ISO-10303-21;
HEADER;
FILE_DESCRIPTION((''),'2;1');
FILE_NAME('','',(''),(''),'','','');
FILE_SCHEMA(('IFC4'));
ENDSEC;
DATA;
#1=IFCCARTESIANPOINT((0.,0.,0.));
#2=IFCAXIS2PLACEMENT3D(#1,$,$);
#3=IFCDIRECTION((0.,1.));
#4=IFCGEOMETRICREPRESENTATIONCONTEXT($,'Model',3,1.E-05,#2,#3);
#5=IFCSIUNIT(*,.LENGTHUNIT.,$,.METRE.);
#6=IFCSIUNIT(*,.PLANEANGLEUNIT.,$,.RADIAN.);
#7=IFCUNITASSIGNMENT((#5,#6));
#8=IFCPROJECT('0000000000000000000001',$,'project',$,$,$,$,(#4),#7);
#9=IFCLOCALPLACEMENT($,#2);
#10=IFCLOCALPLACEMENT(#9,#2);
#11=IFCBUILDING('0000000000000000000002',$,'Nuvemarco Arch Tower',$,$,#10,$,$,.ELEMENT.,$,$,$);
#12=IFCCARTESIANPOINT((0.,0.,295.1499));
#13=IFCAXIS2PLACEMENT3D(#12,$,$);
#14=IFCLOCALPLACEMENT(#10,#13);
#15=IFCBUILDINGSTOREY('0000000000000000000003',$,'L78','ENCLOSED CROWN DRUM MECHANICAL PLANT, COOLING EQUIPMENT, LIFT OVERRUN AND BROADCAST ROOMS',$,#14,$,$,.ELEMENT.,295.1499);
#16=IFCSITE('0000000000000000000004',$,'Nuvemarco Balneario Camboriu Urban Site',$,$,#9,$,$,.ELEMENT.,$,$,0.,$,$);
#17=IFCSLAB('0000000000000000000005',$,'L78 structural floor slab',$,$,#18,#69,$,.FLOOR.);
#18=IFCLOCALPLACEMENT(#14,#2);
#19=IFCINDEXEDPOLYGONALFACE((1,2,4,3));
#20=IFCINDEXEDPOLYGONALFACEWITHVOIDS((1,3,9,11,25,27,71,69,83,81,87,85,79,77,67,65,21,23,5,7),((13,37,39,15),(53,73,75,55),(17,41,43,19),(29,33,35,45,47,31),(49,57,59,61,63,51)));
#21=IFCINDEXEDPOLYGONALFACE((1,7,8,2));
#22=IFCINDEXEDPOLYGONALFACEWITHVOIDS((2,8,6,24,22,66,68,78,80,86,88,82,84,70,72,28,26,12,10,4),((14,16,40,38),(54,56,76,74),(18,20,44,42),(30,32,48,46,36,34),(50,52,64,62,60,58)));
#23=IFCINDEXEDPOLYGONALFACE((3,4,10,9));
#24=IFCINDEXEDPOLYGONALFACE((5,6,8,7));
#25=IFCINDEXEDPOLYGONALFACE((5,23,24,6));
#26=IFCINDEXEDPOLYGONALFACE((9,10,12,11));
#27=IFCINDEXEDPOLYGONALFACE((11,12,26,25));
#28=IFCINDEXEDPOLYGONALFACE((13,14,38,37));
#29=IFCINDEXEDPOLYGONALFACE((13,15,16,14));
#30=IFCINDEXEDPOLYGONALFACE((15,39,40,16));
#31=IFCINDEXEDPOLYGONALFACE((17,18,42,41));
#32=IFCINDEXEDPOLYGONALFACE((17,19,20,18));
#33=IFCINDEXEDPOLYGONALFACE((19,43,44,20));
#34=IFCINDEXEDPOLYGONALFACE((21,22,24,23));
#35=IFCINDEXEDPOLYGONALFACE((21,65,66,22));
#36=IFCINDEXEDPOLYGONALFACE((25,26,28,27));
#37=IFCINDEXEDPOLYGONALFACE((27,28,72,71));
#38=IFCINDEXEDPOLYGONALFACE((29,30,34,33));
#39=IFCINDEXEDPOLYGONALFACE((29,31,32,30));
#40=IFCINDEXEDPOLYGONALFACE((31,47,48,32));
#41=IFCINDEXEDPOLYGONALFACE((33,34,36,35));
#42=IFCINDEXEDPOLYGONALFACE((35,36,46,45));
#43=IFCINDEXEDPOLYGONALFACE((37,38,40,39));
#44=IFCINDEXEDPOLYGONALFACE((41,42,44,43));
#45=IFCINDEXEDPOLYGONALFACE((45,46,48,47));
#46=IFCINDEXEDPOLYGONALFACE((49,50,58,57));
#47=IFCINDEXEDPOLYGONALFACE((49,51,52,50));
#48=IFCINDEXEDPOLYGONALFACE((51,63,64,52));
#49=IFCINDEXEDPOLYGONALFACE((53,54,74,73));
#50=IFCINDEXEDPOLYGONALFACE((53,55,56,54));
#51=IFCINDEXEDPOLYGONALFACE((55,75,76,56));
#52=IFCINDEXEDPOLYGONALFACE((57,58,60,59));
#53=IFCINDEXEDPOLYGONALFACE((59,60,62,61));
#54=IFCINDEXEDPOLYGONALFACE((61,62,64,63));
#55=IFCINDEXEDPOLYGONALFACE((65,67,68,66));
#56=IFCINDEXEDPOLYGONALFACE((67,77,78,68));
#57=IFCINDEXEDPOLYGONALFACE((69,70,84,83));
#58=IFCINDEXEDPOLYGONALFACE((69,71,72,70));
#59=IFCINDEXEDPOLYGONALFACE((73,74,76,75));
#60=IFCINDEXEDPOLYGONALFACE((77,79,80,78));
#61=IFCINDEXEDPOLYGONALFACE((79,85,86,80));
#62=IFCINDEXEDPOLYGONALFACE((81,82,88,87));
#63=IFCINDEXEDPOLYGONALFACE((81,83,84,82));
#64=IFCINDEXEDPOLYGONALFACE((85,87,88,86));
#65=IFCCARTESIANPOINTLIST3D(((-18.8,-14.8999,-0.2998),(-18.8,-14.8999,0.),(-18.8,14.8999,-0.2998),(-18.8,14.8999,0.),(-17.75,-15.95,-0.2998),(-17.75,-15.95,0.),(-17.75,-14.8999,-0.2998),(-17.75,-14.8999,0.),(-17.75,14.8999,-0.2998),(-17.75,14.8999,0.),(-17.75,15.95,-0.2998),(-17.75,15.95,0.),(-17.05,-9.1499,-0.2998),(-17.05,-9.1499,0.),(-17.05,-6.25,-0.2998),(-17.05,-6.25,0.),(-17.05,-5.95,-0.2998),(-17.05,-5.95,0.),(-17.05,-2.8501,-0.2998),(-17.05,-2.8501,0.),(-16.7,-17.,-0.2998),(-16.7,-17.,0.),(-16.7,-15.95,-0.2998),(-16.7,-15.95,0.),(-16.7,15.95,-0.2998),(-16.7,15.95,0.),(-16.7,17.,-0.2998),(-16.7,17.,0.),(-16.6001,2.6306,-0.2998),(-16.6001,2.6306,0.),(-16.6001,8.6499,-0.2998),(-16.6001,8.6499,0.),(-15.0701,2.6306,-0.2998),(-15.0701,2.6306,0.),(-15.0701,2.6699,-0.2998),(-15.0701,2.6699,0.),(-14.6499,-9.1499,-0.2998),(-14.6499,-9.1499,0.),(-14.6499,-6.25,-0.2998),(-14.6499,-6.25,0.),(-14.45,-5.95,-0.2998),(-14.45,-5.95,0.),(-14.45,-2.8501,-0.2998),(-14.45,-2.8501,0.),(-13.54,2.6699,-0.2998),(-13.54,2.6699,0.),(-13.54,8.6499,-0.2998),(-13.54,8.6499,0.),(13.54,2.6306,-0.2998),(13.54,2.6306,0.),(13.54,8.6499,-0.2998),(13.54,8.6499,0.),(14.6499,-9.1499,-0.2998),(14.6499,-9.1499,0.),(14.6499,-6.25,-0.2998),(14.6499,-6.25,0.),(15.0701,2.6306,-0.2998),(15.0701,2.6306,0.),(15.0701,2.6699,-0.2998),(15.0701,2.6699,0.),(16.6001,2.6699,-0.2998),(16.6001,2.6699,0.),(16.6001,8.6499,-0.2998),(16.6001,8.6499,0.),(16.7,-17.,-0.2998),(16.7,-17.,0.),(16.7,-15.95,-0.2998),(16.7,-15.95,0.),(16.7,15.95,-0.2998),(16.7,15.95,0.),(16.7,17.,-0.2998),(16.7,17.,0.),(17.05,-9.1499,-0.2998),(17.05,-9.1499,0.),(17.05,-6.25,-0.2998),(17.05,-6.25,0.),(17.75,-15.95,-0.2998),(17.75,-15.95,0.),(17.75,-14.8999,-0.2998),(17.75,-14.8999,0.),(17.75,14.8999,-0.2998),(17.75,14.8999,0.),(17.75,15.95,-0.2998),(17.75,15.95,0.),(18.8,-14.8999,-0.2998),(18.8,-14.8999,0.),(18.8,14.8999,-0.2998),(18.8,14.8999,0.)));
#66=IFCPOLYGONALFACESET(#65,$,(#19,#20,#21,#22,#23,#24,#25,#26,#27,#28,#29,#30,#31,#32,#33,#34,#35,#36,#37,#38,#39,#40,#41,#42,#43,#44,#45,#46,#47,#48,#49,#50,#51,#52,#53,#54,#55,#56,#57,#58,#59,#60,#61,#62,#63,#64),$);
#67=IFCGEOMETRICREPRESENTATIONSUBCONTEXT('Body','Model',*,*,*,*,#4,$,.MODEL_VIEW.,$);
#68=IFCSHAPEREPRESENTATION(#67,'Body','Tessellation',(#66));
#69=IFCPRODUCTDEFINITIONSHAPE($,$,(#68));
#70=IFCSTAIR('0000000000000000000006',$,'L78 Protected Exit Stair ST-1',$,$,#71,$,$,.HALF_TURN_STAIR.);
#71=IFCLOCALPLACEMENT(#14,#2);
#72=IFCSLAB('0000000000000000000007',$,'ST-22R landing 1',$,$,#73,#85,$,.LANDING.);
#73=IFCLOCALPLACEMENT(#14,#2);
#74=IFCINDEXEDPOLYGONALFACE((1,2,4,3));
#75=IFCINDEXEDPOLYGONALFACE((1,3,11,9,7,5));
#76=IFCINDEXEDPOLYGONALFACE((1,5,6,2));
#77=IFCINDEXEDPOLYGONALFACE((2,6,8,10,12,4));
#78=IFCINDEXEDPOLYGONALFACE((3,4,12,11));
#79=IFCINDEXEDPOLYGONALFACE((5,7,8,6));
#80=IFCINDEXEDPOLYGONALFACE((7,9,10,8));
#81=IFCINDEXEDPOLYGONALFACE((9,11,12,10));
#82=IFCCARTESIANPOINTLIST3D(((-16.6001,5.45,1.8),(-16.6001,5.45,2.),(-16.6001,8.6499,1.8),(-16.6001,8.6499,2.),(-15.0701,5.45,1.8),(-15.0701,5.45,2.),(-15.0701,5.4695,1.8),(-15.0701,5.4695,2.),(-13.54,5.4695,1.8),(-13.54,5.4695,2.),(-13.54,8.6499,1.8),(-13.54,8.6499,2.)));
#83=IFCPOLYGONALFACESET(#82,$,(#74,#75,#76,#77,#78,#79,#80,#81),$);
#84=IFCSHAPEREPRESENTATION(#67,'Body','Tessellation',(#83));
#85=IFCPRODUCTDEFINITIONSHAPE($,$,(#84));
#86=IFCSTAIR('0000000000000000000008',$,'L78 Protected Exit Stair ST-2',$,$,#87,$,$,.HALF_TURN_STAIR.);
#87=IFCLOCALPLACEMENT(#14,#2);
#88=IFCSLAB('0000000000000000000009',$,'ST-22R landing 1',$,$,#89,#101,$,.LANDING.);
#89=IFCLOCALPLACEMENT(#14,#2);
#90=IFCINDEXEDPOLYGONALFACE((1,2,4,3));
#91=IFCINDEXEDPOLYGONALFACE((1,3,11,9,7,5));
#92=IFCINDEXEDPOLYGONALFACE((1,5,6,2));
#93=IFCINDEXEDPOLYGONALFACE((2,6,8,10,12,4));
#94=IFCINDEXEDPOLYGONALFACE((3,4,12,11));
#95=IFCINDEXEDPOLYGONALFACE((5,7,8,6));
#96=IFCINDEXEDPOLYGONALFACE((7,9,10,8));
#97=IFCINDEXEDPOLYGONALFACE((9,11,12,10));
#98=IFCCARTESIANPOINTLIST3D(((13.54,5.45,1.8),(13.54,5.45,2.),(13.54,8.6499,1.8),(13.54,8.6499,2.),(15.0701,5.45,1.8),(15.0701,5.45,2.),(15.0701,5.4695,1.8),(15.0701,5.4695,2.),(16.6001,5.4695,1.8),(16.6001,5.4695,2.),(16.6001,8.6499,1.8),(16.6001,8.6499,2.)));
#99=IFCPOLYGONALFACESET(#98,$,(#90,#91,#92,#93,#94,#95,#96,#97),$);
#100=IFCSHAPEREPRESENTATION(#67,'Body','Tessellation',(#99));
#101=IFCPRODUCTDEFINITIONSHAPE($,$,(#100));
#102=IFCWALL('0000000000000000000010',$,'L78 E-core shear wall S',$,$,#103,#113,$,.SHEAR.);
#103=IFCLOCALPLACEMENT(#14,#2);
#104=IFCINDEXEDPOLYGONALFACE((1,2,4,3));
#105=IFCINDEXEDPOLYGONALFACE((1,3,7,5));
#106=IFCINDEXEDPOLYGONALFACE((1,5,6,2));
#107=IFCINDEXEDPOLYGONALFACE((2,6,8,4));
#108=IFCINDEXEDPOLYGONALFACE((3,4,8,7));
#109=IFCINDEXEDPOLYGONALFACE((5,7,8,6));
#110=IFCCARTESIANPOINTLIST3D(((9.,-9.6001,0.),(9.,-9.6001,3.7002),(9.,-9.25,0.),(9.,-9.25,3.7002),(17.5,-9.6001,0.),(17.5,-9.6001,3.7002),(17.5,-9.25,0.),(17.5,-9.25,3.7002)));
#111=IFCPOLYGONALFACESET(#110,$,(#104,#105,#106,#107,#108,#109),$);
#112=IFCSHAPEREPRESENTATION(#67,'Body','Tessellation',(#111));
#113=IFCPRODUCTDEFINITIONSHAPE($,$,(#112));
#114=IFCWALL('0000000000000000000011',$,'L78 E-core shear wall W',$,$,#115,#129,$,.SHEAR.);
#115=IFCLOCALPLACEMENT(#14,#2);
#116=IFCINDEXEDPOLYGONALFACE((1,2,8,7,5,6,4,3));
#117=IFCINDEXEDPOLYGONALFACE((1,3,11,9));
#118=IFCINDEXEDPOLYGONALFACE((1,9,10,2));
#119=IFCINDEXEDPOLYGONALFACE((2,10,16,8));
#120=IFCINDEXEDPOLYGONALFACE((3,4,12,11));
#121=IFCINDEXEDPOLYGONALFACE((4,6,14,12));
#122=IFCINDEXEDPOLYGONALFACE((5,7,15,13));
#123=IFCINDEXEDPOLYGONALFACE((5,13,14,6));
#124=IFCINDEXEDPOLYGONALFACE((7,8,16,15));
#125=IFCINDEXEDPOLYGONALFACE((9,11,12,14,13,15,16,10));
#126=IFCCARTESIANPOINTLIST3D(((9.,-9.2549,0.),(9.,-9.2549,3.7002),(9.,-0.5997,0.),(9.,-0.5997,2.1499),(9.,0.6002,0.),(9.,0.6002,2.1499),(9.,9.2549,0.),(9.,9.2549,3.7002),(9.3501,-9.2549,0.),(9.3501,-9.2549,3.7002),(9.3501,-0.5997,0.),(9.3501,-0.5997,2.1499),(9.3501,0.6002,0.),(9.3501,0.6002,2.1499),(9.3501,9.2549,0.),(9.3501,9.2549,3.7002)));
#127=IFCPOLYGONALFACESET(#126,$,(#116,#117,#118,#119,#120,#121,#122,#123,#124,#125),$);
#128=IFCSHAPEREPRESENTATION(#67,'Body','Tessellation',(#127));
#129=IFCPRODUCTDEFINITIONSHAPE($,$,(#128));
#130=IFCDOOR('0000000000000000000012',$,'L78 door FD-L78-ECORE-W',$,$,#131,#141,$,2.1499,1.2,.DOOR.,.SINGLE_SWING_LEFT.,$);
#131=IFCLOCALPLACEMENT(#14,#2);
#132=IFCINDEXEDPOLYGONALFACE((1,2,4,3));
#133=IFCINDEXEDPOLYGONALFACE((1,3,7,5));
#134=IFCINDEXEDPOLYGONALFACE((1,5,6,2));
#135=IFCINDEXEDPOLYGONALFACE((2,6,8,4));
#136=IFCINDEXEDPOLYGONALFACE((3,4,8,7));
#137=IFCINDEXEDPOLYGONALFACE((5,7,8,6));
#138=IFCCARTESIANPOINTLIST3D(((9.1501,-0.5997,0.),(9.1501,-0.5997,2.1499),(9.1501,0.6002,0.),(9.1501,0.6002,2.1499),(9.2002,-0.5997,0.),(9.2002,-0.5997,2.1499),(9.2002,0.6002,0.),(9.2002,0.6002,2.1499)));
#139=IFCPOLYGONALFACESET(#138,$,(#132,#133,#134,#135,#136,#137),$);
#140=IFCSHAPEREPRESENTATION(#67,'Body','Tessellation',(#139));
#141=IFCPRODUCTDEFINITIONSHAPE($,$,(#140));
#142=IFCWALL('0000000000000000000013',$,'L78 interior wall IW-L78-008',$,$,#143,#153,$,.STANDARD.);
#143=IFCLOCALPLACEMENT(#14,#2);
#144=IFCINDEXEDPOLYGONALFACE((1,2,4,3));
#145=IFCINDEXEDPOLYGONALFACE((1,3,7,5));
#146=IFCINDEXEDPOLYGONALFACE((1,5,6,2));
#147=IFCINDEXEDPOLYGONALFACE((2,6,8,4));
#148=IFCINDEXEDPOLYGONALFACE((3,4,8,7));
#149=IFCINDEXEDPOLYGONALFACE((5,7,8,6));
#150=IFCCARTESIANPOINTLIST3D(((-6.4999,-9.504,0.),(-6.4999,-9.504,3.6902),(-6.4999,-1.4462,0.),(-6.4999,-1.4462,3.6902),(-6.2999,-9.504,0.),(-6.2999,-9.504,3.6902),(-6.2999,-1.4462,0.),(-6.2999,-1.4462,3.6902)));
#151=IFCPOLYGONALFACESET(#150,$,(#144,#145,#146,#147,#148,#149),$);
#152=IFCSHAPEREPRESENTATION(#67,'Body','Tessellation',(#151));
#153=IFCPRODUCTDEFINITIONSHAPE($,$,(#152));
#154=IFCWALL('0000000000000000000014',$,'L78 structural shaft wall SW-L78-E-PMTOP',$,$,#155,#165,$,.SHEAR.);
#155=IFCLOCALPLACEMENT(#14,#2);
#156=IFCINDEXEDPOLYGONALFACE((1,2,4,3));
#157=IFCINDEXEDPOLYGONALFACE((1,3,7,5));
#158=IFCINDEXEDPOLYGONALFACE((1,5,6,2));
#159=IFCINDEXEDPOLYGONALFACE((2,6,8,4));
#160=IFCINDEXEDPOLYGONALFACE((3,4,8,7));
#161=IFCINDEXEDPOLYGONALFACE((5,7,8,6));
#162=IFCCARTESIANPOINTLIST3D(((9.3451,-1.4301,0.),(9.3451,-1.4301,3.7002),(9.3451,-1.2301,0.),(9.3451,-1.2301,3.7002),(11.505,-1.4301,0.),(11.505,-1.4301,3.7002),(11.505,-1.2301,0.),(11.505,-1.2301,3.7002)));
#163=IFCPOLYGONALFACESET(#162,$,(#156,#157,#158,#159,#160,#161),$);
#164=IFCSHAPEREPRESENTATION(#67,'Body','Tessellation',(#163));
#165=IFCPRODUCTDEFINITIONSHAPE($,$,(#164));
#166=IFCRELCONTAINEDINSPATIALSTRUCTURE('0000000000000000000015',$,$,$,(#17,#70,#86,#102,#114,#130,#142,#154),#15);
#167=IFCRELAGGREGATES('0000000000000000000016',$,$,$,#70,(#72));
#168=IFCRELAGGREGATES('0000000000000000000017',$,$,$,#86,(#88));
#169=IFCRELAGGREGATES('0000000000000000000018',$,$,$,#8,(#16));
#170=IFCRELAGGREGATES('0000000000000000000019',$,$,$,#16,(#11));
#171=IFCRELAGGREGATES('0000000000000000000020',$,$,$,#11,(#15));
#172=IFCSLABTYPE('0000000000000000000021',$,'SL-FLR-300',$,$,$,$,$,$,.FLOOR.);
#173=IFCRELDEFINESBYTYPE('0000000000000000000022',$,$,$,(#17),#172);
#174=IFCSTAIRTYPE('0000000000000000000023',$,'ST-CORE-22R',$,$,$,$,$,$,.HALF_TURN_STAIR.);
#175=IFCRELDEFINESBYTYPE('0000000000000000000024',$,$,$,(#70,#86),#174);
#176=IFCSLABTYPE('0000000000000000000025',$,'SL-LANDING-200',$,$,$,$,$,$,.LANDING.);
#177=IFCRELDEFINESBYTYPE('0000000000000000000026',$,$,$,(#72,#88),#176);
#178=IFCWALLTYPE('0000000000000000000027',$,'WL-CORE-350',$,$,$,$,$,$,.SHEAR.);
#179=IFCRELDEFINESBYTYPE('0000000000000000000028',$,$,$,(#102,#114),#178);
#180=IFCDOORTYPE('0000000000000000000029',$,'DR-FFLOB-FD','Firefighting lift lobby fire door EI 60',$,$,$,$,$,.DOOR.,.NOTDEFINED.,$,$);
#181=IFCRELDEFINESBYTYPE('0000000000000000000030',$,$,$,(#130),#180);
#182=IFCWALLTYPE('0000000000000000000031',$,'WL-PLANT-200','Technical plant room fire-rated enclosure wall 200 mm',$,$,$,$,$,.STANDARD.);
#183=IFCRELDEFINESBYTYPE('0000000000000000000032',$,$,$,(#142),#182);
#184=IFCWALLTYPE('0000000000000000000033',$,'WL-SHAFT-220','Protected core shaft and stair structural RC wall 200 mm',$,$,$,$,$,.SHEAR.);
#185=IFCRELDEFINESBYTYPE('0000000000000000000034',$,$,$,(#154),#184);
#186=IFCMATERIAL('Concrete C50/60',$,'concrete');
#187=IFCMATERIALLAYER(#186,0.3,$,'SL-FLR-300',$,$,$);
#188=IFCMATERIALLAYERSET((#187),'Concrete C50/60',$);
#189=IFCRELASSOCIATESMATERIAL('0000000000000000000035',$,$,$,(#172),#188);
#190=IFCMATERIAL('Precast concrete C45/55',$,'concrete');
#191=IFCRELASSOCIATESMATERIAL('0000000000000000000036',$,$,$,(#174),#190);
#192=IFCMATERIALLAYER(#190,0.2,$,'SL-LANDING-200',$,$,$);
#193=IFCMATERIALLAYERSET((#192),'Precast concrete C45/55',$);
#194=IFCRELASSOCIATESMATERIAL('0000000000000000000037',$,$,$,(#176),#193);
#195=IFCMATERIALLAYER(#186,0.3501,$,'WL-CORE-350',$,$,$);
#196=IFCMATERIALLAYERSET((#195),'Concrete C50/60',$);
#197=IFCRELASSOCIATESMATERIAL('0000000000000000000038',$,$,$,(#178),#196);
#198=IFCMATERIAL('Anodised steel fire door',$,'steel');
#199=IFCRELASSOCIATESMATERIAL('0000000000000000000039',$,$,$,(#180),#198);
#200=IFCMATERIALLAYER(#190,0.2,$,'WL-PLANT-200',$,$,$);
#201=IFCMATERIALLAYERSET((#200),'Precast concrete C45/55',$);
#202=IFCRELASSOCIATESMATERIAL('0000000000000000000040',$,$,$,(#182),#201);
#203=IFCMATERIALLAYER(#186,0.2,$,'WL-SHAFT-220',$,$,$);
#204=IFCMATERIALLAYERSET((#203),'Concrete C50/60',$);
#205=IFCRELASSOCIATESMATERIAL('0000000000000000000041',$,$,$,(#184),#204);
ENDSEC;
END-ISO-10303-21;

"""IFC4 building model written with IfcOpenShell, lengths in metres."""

from ifc_helpers import new_model, si_unit, direction, frame, frame_2d, origin, place, context, subcontext, project, spatial, polyline, rectangle, outline, extrude, source, transform, mapped, material, layer, layer_set, type_object, type_shapes, element, fill, aggregate, save


model = new_model("IFC4")

# Units and contexts
model_context = context("Model", 3, precision=1e-05, world=origin(), true_north=direction((0.0, 1.0)))
body_context = subcontext(model_context, "Body", "Model", "MODEL_VIEW")
ifc_project = project(units=[si_unit("LENGTHUNIT", "METRE"), si_unit("PLANEANGLEUNIT", "RADIAN")], contexts=[model_context])

# Site, building, storey
site_placement = place(None, origin())
site = spatial("IfcSite", under=ifc_project, at=site_placement, Name="Nuvemarco Balneario Camboriu Urban Site", CompositionType="ELEMENT", RefElevation=0.0)
building_placement = place(site_placement, origin())
building = spatial("IfcBuilding", under=site, at=building_placement, Name="Nuvemarco Arch Tower", CompositionType="ELEMENT")
storey_placement = place(building_placement, frame((0.0, 0.0, 295.1499)))
storey = spatial("IfcBuildingStorey", under=building, at=storey_placement, Name="L78", Description="ENCLOSED CROWN DRUM MECHANICAL PLANT, COOLING EQUIPMENT, LIFT OVERRUN AND BROADCAST ROOMS", CompositionType="ELEMENT", Elevation=295.1499)

# Shared definitions
ifc_material_1 = material(Name="Concrete C50/60", Category="concrete")

# Slab
ifc_layer_1 = layer(ifc_material_1, 0.3, Name="SL-FLR-300")
ifc_layer_set_1 = layer_set([ifc_layer_1], Name="Concrete C50/60")
slab_type_1 = type_object("IfcSlabType", Name="SL-FLR-300", PredefinedType="FLOOR", material=ifc_layer_set_1)
slab_1_placement = place(storey_placement, frame((0.0, 0.0, -0.2998)))
element("IfcSlab", 1, at=slab_1_placement, inside=storey, type_object=slab_type_1, Name="L78 structural floor slab", PredefinedType="FLOOR", context=body_context, shape_type="SweptSolid", body=[
    extrude(outline(polyline([(-16.7, -17.0), (16.7, -17.0), (16.7, -15.95), (17.75, -15.95), (17.75, -14.8999), (18.8, -14.8999), (18.8, 14.8999), (17.75, 14.8999), (17.75, 15.95), (16.7, 15.95), (16.7, 17.0), (-16.7, 17.0), (-16.7, 15.95), (-17.75, 15.95), (-17.75, 14.8999), (-18.8, 14.8999), (-18.8, -14.8999), (-17.75, -14.8999), (-17.75, -15.95), (-16.7, -15.95), (-16.7, -17.0)]), holes=[polyline([(-13.54, 2.6699), (-13.54, 8.6499), (-16.6001, 8.6499), (-16.6001, 2.6306), (-15.0701, 2.6306), (-15.0701, 2.6699), (-13.54, 2.6699)]), polyline([(16.6001, 2.6699), (16.6001, 8.6499), (13.54, 8.6499), (13.54, 2.6306), (15.0701, 2.6306), (15.0701, 2.6699), (16.6001, 2.6699)]), polyline([(-17.05, -9.1499), (-14.6499, -9.1499), (-14.6499, -6.25), (-17.05, -6.25), (-17.05, -9.1499)]), polyline([(-17.05, -5.95), (-14.45, -5.95), (-14.45, -2.8501), (-17.05, -2.8501), (-17.05, -5.95)]), polyline([(14.6499, -9.1499), (17.05, -9.1499), (17.05, -6.25), (14.6499, -6.25), (14.6499, -9.1499)])]), origin(), (0.0, 0.0, 1.0), 0.2998),
])

# Stairs, slabs
ifc_material_2 = material(Name="Precast concrete C45/55", Category="concrete")
stair_type = type_object("IfcStairType", Name="ST-CORE-22R", PredefinedType="HALF_TURN_STAIR", material=ifc_material_2)
stair_1_placement = place(storey_placement, origin())
stair_1 = element("IfcStair", 2, at=stair_1_placement, inside=storey, type_object=stair_type, Name="L78 Protected Exit Stair ST-1", PredefinedType="HALF_TURN_STAIR")
ifc_layer_2 = layer(ifc_material_2, 0.2, Name="SL-LANDING-200")
ifc_layer_set_2 = layer_set([ifc_layer_2], Name="Precast concrete C45/55")
slab_type_2 = type_object("IfcSlabType", Name="SL-LANDING-200", PredefinedType="LANDING", material=ifc_layer_set_2)
slab_2_placement = place(storey_placement, frame((0.0, 0.0, 1.8)))
slab_2 = element("IfcSlab", 3, at=slab_2_placement, type_object=slab_type_2, Name="ST-22R landing 1", PredefinedType="LANDING", context=body_context, shape_type="SweptSolid", body=[
    extrude(outline(polyline([(-13.54, 5.4695), (-13.54, 8.6499), (-16.6001, 8.6499), (-16.6001, 5.45), (-15.0701, 5.45), (-15.0701, 5.4695), (-13.54, 5.4695)])), origin(), (0.0, 0.0, 1.0), 0.2),
])
aggregate(stair_1, [slab_2])
stair_2_placement = place(storey_placement, origin())
stair_2 = element("IfcStair", 4, at=stair_2_placement, inside=storey, type_object=stair_type, Name="L78 Protected Exit Stair ST-2", PredefinedType="HALF_TURN_STAIR")
slab_3_placement = place(storey_placement, frame((0.0, 0.0, 1.8)))
slab_3 = element("IfcSlab", 5, at=slab_3_placement, type_object=slab_type_2, Name="ST-22R landing 1", PredefinedType="LANDING", context=body_context, shape_type="SweptSolid", body=[
    extrude(outline(polyline([(16.6001, 5.4695), (16.6001, 8.6499), (13.54, 8.6499), (13.54, 5.45), (15.0701, 5.45), (15.0701, 5.4695), (16.6001, 5.4695)])), origin(), (0.0, 0.0, 1.0), 0.2),
])
aggregate(stair_2, [slab_3])

# Wall
ifc_layer_3 = layer(ifc_material_1, 0.3501, Name="WL-CORE-350")
ifc_layer_set_3 = layer_set([ifc_layer_3], Name="Concrete C50/60")
wall_type_1 = type_object("IfcWallType", Name="WL-CORE-350", PredefinedType="SHEAR", material=ifc_layer_set_3)
wall_1_placement = place(storey_placement, frame((9.0, -9.425, 0.0), z_axis=(0.0, 0.0, 1.0), x_axis=(1.0, 0.0, 0.0)))
element("IfcWall", 6, at=wall_1_placement, inside=storey, type_object=wall_type_1, Name="L78 E-core shear wall S", PredefinedType="SHEAR", context=body_context, shape_type="SweptSolid", body=[
    extrude(rectangle(XDim=8.5, YDim=0.3501, at=frame_2d((4.25, 0.0))), origin(), (0.0, 0.0, 1.0), 3.7002),
])

# Wall, opening, door
wall_2_placement = place(storey_placement, frame((9.175, -9.2549, 0.0), z_axis=(0.0, 0.0, 1.0), x_axis=(0.0, 1.0, 0.0)))
wall_2 = element("IfcWall", 7, at=wall_2_placement, inside=storey, type_object=wall_type_1, Name="L78 E-core shear wall W", PredefinedType="SHEAR", context=body_context, shape_type="SweptSolid", body=[
    extrude(rectangle(XDim=18.5098, YDim=0.3501, at=frame_2d((9.2549, 0.0))), origin(), (0.0, 0.0, 1.0), 3.7002),
])
opening_placement = place(wall_2_placement, frame((8.655, 0.0, 0.0)))
opening = element("IfcOpeningElement", 8, at=opening_placement, cuts=wall_2, PredefinedType="OPENING", context=body_context, shape_type="SweptSolid", body=[
    extrude(rectangle(XDim=1.2, YDim=2.1499, at=frame_2d((0.6001, 1.075))), frame((0.0, 0.1851, 0.0), z_axis=(0.0, -1.0, 0.0), x_axis=(1.0, 0.0, 0.0)), (0.0, 0.0, 1.0), 0.3701),
])
ifc_material_3 = material(Name="Anodised steel fire door", Category="steel")
door_type = type_object("IfcDoorType", Name="DR-FFLOB-FD", Description="Firefighting lift lobby fire door EI 60", OperationType="NOTDEFINED", PredefinedType="DOOR", material=ifc_material_3)
shared_shape = source(origin(), body_context, "Body", "SweptSolid", [
    extrude(rectangle(XDim=1.2, YDim=2.1499, at=frame_2d((0.6001, 1.075))), frame((0.0, 0.0249, 0.0), z_axis=(0.0, -1.0, 0.0), x_axis=(1.0, 0.0, 0.0)), (0.0, 0.0, 1.0), 0.05),
])
type_shapes(door_type, [shared_shape])
door_placement = place(opening_placement, origin())
door = element("IfcDoor", 9, at=door_placement, inside=storey, type_object=door_type, Name="L78 door FD-L78-ECORE-W", OperationType="SINGLE_SWING_LEFT", OverallHeight=2.1499, OverallWidth=1.2, PredefinedType="DOOR", context=body_context, shape_type="MappedRepresentation", body=[
    mapped(shared_shape, transform((0.0, 0.0, 0.0), scale=1.0)),
])
fill(opening, door)

# Walls
ifc_layer_4 = layer(ifc_material_2, 0.2, Name="WL-PLANT-200")
ifc_layer_set_4 = layer_set([ifc_layer_4], Name="Precast concrete C45/55")
wall_type_2 = type_object("IfcWallType", Name="WL-PLANT-200", Description="Technical plant room fire-rated enclosure wall 200 mm", PredefinedType="STANDARD", material=ifc_layer_set_4)
wall_3_placement = place(storey_placement, frame((-6.3999, -9.5039, 0.0), z_axis=(0.0, 0.0, 1.0), x_axis=(0.0, 1.0, 0.0)))
element("IfcWall", 10, at=wall_3_placement, inside=storey, type_object=wall_type_2, Name="L78 interior wall IW-L78-008", PredefinedType="STANDARD", context=body_context, shape_type="SweptSolid", body=[
    extrude(rectangle(XDim=8.0579, YDim=0.2, at=frame_2d((4.0288, 0.0))), origin(), (0.0, 0.0, 1.0), 3.6902),
])
ifc_layer_5 = layer(ifc_material_1, 0.2, Name="WL-SHAFT-220")
ifc_layer_set_5 = layer_set([ifc_layer_5], Name="Concrete C50/60")
wall_type_3 = type_object("IfcWallType", Name="WL-SHAFT-220", Description="Protected core shaft and stair structural RC wall 200 mm", PredefinedType="SHEAR", material=ifc_layer_set_5)
wall_4_placement = place(storey_placement, frame((9.345, -1.3301, 0.0), z_axis=(0.0, 0.0, 1.0), x_axis=(1.0, 0.0, 0.0)))
element("IfcWall", 11, at=wall_4_placement, inside=storey, type_object=wall_type_3, Name="L78 structural shaft wall SW-L78-E-PMTOP", PredefinedType="SHEAR", context=body_context, shape_type="SweptSolid", body=[
    extrude(rectangle(XDim=2.1599, YDim=0.2, at=frame_2d((1.0801, 0.0))), origin(), (0.0, 0.0, 1.0), 3.7002),
])

save(model, "model.ifc")
